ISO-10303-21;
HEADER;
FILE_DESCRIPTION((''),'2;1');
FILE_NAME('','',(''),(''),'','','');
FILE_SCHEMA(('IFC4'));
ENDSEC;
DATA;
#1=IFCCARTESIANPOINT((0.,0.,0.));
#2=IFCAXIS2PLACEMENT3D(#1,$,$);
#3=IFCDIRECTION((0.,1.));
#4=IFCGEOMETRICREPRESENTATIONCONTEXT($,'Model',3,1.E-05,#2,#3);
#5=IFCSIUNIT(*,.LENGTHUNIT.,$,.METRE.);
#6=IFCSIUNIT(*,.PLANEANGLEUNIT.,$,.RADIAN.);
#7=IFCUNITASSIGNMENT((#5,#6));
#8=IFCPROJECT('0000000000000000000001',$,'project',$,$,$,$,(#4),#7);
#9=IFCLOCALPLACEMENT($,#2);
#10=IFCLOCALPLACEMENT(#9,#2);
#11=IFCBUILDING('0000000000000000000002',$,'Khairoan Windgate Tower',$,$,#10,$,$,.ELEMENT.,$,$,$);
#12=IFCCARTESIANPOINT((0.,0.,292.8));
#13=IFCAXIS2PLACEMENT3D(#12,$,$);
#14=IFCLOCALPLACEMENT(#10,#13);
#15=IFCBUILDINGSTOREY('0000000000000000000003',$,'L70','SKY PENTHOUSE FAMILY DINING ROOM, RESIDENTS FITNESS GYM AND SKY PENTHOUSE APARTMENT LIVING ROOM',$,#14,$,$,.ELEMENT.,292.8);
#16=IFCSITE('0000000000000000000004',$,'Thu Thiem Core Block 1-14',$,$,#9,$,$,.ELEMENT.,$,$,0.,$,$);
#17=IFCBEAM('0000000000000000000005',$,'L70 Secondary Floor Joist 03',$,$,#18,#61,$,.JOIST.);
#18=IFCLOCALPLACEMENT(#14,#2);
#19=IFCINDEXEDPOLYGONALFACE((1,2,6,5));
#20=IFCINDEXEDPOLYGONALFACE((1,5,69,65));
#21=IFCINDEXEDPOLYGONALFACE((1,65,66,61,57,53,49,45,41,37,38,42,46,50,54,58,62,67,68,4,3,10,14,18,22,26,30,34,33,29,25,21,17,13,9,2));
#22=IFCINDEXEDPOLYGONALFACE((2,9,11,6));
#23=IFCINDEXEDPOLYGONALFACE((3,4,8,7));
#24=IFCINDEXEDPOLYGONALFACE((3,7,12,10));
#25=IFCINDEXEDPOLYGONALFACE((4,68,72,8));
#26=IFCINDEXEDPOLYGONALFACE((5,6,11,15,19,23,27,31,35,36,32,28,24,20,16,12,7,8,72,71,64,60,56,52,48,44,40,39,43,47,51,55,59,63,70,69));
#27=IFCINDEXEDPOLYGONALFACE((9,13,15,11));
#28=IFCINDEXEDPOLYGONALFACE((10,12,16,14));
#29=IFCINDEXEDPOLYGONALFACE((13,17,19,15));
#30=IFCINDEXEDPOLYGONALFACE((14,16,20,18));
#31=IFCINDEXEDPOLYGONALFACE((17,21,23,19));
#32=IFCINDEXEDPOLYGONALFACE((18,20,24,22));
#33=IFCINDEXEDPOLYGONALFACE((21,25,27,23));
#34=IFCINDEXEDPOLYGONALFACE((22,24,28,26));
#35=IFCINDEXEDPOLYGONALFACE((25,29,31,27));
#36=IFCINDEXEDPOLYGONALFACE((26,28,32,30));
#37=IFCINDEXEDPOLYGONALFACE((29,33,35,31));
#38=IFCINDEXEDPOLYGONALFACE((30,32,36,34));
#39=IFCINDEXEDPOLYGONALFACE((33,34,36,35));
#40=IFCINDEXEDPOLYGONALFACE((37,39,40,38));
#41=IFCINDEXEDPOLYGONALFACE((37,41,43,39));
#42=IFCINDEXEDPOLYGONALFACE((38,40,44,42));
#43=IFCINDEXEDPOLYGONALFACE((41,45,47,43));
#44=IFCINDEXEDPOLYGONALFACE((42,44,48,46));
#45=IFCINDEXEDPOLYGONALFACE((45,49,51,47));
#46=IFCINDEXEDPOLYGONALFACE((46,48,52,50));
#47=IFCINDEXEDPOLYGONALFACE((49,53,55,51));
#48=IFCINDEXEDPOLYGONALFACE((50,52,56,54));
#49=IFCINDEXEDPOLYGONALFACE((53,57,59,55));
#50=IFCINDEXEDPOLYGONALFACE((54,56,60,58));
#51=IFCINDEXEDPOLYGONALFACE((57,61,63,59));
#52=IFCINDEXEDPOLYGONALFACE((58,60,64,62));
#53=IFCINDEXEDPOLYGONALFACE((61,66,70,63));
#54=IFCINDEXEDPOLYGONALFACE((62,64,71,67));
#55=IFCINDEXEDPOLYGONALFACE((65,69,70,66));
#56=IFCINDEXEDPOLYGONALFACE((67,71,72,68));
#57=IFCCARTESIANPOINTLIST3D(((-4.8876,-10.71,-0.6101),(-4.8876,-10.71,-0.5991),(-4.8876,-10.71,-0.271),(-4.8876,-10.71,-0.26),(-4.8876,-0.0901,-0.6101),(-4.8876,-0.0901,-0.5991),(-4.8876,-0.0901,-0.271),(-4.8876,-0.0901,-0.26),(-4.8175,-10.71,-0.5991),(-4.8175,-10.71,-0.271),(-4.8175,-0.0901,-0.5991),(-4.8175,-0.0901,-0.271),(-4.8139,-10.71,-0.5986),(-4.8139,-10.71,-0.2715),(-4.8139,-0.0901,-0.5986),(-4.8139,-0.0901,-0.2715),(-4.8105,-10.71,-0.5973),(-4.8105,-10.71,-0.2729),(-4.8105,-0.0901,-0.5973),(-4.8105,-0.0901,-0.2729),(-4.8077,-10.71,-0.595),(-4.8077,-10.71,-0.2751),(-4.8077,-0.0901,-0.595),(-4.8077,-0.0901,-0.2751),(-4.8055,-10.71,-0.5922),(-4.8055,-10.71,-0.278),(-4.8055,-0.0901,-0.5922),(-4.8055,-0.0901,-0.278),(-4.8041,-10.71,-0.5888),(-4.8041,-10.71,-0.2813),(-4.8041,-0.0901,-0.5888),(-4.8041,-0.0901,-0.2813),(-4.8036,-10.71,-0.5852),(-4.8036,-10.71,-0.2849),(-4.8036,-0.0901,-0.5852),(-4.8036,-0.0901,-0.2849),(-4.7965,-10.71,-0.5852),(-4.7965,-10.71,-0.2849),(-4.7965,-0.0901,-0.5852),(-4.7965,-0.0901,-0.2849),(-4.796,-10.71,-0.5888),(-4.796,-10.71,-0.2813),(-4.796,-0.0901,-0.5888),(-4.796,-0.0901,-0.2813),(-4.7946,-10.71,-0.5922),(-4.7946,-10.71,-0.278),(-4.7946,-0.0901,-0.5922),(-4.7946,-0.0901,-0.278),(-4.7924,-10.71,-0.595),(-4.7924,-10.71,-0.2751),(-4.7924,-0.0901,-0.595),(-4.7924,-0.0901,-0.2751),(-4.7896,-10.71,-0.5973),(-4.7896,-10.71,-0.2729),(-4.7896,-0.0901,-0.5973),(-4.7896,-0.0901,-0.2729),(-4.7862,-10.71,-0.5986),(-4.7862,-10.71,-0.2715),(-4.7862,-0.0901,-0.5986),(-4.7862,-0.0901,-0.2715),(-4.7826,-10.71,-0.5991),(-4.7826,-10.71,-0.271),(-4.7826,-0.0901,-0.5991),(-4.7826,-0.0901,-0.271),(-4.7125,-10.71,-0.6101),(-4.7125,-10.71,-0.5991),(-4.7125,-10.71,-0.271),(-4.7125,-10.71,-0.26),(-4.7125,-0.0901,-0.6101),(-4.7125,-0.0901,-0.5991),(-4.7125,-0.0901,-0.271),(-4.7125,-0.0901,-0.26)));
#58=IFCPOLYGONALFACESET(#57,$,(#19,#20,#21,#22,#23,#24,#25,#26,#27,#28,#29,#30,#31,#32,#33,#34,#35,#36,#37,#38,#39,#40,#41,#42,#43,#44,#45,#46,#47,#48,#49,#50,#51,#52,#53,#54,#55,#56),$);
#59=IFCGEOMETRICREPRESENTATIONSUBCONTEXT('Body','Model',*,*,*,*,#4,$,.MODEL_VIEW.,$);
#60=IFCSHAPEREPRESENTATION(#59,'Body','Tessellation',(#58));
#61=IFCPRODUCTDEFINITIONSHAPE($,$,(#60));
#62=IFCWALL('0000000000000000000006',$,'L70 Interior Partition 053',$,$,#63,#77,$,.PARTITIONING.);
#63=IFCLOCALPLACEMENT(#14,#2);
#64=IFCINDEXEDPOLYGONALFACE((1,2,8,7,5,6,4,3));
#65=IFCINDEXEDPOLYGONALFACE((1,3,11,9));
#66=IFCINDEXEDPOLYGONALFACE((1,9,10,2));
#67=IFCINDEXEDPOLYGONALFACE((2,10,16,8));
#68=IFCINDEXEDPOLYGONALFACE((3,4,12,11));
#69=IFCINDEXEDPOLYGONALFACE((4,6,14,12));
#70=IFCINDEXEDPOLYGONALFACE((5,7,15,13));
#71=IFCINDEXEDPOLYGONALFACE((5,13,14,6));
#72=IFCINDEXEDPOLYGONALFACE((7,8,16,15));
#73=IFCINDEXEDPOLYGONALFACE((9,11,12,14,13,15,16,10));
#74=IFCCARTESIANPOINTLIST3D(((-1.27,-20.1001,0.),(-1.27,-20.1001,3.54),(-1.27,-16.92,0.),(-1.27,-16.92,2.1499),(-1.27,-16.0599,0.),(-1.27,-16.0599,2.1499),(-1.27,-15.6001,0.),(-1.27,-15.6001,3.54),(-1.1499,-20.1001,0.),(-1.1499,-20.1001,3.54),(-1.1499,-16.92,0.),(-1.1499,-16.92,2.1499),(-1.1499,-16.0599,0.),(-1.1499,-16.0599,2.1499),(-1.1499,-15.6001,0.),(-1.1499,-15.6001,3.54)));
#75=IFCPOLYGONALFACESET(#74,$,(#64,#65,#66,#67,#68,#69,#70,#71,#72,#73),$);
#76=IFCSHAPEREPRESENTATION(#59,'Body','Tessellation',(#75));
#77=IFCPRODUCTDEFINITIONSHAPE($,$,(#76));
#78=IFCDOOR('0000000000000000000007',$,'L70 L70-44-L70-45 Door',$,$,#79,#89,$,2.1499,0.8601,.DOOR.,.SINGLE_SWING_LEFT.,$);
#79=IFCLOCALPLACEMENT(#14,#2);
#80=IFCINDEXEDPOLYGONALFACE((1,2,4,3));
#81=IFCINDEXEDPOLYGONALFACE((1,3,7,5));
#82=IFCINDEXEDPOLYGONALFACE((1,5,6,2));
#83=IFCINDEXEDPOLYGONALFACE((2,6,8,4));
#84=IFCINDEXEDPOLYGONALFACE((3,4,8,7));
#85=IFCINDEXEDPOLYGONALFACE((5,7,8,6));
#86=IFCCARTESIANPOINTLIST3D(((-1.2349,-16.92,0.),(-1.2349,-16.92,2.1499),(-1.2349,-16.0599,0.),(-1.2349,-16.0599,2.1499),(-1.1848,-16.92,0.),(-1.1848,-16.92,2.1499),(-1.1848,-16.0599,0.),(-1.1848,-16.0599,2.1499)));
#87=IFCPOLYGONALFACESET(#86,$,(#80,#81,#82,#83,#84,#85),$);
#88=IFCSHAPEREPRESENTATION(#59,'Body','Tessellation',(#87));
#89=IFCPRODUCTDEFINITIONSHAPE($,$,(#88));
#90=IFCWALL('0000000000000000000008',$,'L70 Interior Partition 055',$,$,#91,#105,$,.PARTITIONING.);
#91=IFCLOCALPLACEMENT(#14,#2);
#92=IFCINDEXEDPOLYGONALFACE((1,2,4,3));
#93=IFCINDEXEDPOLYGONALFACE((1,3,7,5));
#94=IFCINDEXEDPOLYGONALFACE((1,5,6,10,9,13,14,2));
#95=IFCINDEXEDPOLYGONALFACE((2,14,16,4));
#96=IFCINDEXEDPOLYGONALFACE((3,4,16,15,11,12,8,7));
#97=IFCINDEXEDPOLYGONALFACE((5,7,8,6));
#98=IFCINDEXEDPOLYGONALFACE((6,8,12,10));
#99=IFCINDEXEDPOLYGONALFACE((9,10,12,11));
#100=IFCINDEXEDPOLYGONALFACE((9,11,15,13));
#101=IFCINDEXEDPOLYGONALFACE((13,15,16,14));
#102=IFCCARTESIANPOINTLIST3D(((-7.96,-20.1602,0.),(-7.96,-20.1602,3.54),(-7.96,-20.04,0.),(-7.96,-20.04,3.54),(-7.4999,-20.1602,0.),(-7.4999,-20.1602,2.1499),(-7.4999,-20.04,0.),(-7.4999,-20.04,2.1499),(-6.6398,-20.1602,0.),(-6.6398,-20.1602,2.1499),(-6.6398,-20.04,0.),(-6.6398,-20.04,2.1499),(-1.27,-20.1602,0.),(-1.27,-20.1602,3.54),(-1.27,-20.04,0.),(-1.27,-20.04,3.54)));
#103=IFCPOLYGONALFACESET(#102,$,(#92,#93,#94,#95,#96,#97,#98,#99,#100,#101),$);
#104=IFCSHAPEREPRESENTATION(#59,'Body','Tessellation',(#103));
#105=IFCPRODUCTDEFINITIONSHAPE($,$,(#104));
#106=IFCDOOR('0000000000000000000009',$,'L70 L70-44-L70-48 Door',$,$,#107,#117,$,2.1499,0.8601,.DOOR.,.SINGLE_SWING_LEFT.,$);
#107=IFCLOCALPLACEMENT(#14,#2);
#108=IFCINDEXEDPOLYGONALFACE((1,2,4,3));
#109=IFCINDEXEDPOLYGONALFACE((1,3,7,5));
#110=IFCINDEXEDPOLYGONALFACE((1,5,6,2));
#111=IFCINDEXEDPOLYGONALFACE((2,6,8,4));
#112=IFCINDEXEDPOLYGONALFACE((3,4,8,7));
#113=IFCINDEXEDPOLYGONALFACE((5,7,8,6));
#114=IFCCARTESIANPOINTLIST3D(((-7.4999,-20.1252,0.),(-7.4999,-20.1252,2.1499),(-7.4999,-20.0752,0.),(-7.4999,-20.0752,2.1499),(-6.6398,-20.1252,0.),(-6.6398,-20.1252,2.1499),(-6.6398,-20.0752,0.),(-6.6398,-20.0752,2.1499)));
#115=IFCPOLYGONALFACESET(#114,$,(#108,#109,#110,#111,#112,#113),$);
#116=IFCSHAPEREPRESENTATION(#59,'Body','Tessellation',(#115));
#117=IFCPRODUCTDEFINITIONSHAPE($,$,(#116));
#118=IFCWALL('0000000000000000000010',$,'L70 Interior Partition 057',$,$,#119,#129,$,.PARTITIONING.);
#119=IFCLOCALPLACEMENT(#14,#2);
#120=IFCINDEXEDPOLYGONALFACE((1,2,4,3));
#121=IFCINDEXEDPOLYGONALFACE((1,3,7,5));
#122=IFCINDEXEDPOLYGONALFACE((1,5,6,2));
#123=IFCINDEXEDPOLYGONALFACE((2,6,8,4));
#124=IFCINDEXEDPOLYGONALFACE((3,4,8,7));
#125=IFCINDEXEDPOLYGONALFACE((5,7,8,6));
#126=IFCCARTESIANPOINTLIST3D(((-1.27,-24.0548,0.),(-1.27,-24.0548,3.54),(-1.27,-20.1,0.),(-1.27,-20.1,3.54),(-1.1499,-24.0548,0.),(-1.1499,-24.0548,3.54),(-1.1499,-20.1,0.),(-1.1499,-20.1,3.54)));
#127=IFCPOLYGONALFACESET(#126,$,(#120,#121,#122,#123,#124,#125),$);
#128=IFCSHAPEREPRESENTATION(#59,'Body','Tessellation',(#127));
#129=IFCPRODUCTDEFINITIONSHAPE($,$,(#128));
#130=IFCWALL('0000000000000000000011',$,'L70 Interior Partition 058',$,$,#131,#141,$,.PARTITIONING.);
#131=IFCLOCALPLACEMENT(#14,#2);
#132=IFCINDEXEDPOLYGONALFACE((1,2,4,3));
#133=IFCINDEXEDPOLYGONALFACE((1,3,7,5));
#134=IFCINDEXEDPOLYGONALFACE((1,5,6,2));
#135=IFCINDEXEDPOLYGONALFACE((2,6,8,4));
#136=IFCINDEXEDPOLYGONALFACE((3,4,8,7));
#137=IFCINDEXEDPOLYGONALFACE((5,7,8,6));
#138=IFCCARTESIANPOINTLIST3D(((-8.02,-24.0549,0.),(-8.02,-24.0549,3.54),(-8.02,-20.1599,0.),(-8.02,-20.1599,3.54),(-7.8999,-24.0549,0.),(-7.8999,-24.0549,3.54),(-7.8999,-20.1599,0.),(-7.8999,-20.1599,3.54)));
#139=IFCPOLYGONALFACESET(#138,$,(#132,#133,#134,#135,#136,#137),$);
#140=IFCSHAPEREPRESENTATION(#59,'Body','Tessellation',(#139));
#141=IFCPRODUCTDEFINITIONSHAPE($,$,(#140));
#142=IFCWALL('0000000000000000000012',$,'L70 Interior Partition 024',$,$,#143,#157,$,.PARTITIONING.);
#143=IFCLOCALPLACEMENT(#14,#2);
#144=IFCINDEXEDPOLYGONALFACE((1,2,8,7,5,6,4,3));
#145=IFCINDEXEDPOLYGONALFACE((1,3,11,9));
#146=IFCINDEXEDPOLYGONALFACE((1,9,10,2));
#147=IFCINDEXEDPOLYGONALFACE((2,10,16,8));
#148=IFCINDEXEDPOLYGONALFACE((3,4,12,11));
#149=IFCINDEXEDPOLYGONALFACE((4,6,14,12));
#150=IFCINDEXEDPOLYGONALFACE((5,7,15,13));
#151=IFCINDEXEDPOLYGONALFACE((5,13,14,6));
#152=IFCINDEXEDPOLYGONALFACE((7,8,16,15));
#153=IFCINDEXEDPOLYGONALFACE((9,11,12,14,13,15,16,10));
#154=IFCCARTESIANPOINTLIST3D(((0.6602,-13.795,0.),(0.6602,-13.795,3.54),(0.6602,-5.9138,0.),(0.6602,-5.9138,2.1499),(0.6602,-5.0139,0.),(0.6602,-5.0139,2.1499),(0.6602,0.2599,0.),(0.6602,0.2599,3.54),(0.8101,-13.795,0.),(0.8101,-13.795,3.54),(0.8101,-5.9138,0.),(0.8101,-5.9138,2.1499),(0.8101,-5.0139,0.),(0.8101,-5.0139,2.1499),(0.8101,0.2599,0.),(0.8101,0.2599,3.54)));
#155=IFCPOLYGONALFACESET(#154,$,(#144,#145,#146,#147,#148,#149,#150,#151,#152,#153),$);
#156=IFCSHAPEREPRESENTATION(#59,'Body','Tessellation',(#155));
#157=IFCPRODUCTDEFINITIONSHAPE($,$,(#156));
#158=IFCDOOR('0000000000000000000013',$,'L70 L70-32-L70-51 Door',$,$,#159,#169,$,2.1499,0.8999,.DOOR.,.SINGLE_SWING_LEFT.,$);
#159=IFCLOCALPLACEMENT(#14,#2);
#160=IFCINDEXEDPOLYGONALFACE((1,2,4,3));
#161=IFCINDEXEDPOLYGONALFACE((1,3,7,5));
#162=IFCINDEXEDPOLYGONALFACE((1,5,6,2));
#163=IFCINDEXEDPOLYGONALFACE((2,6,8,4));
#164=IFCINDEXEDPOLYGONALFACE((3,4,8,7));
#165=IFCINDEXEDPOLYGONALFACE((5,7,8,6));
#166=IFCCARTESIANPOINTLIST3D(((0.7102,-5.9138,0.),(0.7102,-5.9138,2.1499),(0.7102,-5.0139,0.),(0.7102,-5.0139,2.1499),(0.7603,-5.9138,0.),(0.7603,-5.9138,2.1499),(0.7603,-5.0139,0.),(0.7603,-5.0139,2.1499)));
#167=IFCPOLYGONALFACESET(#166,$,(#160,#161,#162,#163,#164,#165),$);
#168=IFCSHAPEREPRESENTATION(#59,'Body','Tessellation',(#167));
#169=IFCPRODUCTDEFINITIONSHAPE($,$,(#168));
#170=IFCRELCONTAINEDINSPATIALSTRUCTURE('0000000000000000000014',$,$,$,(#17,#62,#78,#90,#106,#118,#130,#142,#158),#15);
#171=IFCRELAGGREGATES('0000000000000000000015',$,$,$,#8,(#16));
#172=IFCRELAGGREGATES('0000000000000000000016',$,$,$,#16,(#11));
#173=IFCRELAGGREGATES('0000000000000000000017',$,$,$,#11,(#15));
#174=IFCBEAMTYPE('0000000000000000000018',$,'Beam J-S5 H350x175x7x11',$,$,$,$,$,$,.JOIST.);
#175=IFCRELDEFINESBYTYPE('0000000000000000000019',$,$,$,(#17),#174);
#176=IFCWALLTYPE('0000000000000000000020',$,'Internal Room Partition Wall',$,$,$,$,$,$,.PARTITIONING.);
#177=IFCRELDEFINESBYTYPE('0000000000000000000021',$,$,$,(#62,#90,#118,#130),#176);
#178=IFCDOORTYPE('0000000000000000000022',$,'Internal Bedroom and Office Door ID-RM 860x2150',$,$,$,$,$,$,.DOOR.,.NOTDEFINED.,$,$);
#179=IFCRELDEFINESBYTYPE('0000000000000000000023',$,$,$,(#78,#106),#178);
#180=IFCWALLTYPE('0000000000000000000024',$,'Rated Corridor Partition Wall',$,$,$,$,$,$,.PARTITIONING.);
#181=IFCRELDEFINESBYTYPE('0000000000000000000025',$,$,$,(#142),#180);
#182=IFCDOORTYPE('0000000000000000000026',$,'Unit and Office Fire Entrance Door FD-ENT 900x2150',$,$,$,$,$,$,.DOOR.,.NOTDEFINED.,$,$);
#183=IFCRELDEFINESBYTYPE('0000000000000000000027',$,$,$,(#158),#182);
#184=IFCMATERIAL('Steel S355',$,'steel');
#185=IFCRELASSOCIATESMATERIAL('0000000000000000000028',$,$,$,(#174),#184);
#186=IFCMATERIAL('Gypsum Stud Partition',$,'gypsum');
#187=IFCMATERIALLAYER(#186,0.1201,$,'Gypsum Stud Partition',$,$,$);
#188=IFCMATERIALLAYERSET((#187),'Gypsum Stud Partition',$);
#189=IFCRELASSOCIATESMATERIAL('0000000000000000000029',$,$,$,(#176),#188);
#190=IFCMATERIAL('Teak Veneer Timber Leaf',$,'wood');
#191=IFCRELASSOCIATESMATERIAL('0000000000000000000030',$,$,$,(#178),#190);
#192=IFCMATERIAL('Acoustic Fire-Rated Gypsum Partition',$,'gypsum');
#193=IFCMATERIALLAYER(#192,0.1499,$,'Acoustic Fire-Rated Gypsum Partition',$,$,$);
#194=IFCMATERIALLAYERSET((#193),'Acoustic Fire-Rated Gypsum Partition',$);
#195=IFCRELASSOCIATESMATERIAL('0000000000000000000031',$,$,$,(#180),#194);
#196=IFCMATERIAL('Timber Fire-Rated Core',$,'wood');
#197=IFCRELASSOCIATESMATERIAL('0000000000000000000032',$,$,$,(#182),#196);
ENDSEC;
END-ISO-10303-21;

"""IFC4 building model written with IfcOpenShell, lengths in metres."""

from ifc_helpers import new_model, si_unit, direction, frame, frame_2d, origin, origin_2d, place, context, subcontext, project, spatial, rectangle, i_section, extrude, material, layer, layer_set, material_profile, profile_set, type_object, element, fill, save


model = new_model("IFC4")

# Units and contexts
model_context = context("Model", 3, precision=1e-05, world=origin(), true_north=direction((0.0, 1.0)))
body_context = subcontext(model_context, "Body", "Model", "MODEL_VIEW")
ifc_project = project(units=[si_unit("LENGTHUNIT", "METRE"), si_unit("PLANEANGLEUNIT", "RADIAN")], contexts=[model_context])

# Site, building, storey
site_placement = place(None, origin())
site = spatial("IfcSite", under=ifc_project, at=site_placement, Name="Thu Thiem Core Block 1-14", CompositionType="ELEMENT", RefElevation=0.0)
building_placement = place(site_placement, origin())
building = spatial("IfcBuilding", under=site, at=building_placement, Name="Khairoan Windgate Tower", CompositionType="ELEMENT")
storey_placement = place(building_placement, frame((0.0, 0.0, 292.8)))
storey = spatial("IfcBuildingStorey", under=building, at=storey_placement, Name="L70", Description="SKY PENTHOUSE FAMILY DINING ROOM, RESIDENTS FITNESS GYM AND SKY PENTHOUSE APARTMENT LIVING ROOM", CompositionType="ELEMENT", Elevation=292.8)

# Beam
ifc_material_1 = material(Name="Steel S355", Category="steel")
ifc_material_profile_1 = material_profile(ifc_material_1, i_section(OverallWidth=0.175, OverallDepth=0.3501, WebThickness=0.0071, FlangeThickness=0.011, FilletRadius=0.0139, at=origin_2d()))
ifc_profile_set_1 = profile_set([ifc_material_profile_1], Name="Steel S355")
beam_type_1 = type_object("IfcBeamType", Name="Beam J-S5 H350x175x7x11", PredefinedType="JOIST", material=ifc_profile_set_1)
beam_1_placement = place(storey_placement, frame((-4.8, -10.71, -0.4351), z_axis=(0.0, 1.0, 0.0), x_axis=(-1.0, 0.0, 0.0)))
element("IfcBeam", 1, at=beam_1_placement, inside=storey, type_object=beam_type_1, Name="L70 Secondary Floor Joist 03", PredefinedType="JOIST", context=body_context, shape_type="SweptSolid", body=[
    extrude(i_section(OverallWidth=0.175, OverallDepth=0.3501, WebThickness=0.0071, FlangeThickness=0.011, FilletRadius=0.0139, at=origin_2d()), origin(), (0.0, 0.0, 1.0), 10.6199),
])

# Walls, openings, doors
ifc_material_2 = material(Name="Gypsum Stud Partition", Category="gypsum")
ifc_layer_1 = layer(ifc_material_2, 0.1201, Name="Gypsum Stud Partition")
ifc_layer_set_1 = layer_set([ifc_layer_1], Name="Gypsum Stud Partition")
wall_type_1 = type_object("IfcWallType", Name="Internal Room Partition Wall", PredefinedType="PARTITIONING", material=ifc_layer_set_1)
wall_1_placement = place(storey_placement, frame((-1.21, -20.1001, 0.0), z_axis=(0.0, 0.0, 1.0), x_axis=(0.0, 1.0, 0.0)))
wall_1 = element("IfcWall", 2, at=wall_1_placement, inside=storey, type_object=wall_type_1, Name="L70 Interior Partition 053", PredefinedType="PARTITIONING", context=body_context, shape_type="SweptSolid", body=[
    extrude(rectangle(XDim=4.5, YDim=0.1201, at=frame_2d((2.25, 0.0))), origin(), (0.0, 0.0, 1.0), 3.54),
])
opening_1_placement = place(wall_1_placement, frame((3.1799, 0.0, 0.0)))
opening_1 = element("IfcOpeningElement", 3, at=opening_1_placement, cuts=wall_1, PredefinedType="OPENING", context=body_context, shape_type="SweptSolid", body=[
    extrude(rectangle(XDim=0.8601, YDim=2.1499, at=frame_2d((0.4302, 1.075))), frame((0.0, 0.0701, 0.0), z_axis=(0.0, -1.0, 0.0), x_axis=(1.0, 0.0, 0.0)), (0.0, 0.0, 1.0), 0.1401),
])
ifc_material_3 = material(Name="Teak Veneer Timber Leaf", Category="wood")
door_type_1 = type_object("IfcDoorType", Name="Internal Bedroom and Office Door ID-RM 860x2150", OperationType="NOTDEFINED", PredefinedType="DOOR", material=ifc_material_3)
door_1_placement = place(opening_1_placement, origin())
door_1 = element("IfcDoor", 4, at=door_1_placement, inside=storey, type_object=door_type_1, Name="L70 L70-44-L70-45 Door", OperationType="SINGLE_SWING_LEFT", OverallHeight=2.1499, OverallWidth=0.8601, PredefinedType="DOOR", context=body_context, shape_type="SweptSolid", body=[
    extrude(rectangle(XDim=0.8601, YDim=2.1499, at=frame_2d((0.4302, 1.075))), frame((0.0, 0.0249, 0.0), z_axis=(0.0, -1.0, 0.0), x_axis=(1.0, 0.0, 0.0)), (0.0, 0.0, 1.0), 0.05),
])
fill(opening_1, door_1)
wall_2_placement = place(storey_placement, frame((-7.96, -20.1001, 0.0), z_axis=(0.0, 0.0, 1.0), x_axis=(1.0, 0.0, 0.0)))
wall_2 = element("IfcWall", 5, at=wall_2_placement, inside=storey, type_object=wall_type_1, Name="L70 Interior Partition 055", PredefinedType="PARTITIONING", context=body_context, shape_type="SweptSolid", body=[
    extrude(rectangle(XDim=6.6899, YDim=0.1201, at=frame_2d((3.345, 0.0))), origin(), (0.0, 0.0, 1.0), 3.54),
])
opening_2_placement = place(wall_2_placement, frame((0.46, 0.0, 0.0)))
opening_2 = element("IfcOpeningElement", 6, at=opening_2_placement, cuts=wall_2, PredefinedType="OPENING", context=body_context, shape_type="SweptSolid", body=[
    extrude(rectangle(XDim=0.8601, YDim=2.1499, at=frame_2d((0.4302, 1.075))), frame((0.0, 0.0701, 0.0), z_axis=(0.0, -1.0, 0.0), x_axis=(1.0, 0.0, 0.0)), (0.0, 0.0, 1.0), 0.1401),
])
door_2_placement = place(opening_2_placement, origin())
door_2 = element("IfcDoor", 7, at=door_2_placement, inside=storey, type_object=door_type_1, Name="L70 L70-44-L70-48 Door", OperationType="SINGLE_SWING_LEFT", OverallHeight=2.1499, OverallWidth=0.8601, PredefinedType="DOOR", context=body_context, shape_type="SweptSolid", body=[
    extrude(rectangle(XDim=0.8601, YDim=2.1499, at=frame_2d((0.4302, 1.075))), frame((0.0, 0.0249, 0.0), z_axis=(0.0, -1.0, 0.0), x_axis=(1.0, 0.0, 0.0)), (0.0, 0.0, 1.0), 0.05),
])
fill(opening_2, door_2)

# Walls
wall_3_placement = place(storey_placement, frame((-1.21, -24.0549, 0.0), z_axis=(0.0, 0.0, 1.0), x_axis=(0.0, 1.0, 0.0)))
element("IfcWall", 8, at=wall_3_placement, inside=storey, type_object=wall_type_1, Name="L70 Interior Partition 057", PredefinedType="PARTITIONING", context=body_context, shape_type="SweptSolid", body=[
    extrude(rectangle(XDim=3.9548, YDim=0.1201, at=frame_2d((1.9775, 0.0))), origin(), (0.0, 0.0, 1.0), 3.54),
])
wall_4_placement = place(storey_placement, frame((-7.96, -24.0549, 0.0), z_axis=(0.0, 0.0, 1.0), x_axis=(0.0, 1.0, 0.0)))
element("IfcWall", 9, at=wall_4_placement, inside=storey, type_object=wall_type_1, Name="L70 Interior Partition 058", PredefinedType="PARTITIONING", context=body_context, shape_type="SweptSolid", body=[
    extrude(rectangle(XDim=3.895, YDim=0.1201, at=frame_2d((1.9475, 0.0))), origin(), (0.0, 0.0, 1.0), 3.54),
])

# Wall, opening, door
ifc_material_4 = material(Name="Acoustic Fire-Rated Gypsum Partition", Category="gypsum")
ifc_layer_2 = layer(ifc_material_4, 0.1499, Name="Acoustic Fire-Rated Gypsum Partition")
ifc_layer_set_2 = layer_set([ifc_layer_2], Name="Acoustic Fire-Rated Gypsum Partition")
wall_type_2 = type_object("IfcWallType", Name="Rated Corridor Partition Wall", PredefinedType="PARTITIONING", material=ifc_layer_set_2)
wall_5_placement = place(storey_placement, frame((0.7351, -13.7949, 0.0), z_axis=(0.0, 0.0, 1.0), x_axis=(0.0, 1.0, 0.0)))
wall_5 = element("IfcWall", 10, at=wall_5_placement, inside=storey, type_object=wall_type_2, Name="L70 Interior Partition 024", PredefinedType="PARTITIONING", context=body_context, shape_type="SweptSolid", body=[
    extrude(rectangle(XDim=14.0549, YDim=0.1499, at=frame_2d((7.0273, 0.0))), origin(), (0.0, 0.0, 1.0), 3.54),
])
opening_3_placement = place(wall_5_placement, frame((7.8811, 0.0, 0.0)))
opening_3 = element("IfcOpeningElement", 11, at=opening_3_placement, cuts=wall_5, PredefinedType="OPENING", context=body_context, shape_type="SweptSolid", body=[
    extrude(rectangle(XDim=0.8999, YDim=2.1499, at=frame_2d((0.45, 1.075))), frame((0.0, 0.085, 0.0), z_axis=(0.0, -1.0, 0.0), x_axis=(1.0, 0.0, 0.0)), (0.0, 0.0, 1.0), 0.1699),
])
ifc_material_5 = material(Name="Timber Fire-Rated Core", Category="wood")
door_type_2 = type_object("IfcDoorType", Name="Unit and Office Fire Entrance Door FD-ENT 900x2150", OperationType="NOTDEFINED", PredefinedType="DOOR", material=ifc_material_5)
door_3_placement = place(opening_3_placement, origin())
door_3 = element("IfcDoor", 12, at=door_3_placement, inside=storey, type_object=door_type_2, Name="L70 L70-32-L70-51 Door", OperationType="SINGLE_SWING_LEFT", OverallHeight=2.1499, OverallWidth=0.8999, PredefinedType="DOOR", context=body_context, shape_type="SweptSolid", body=[
    extrude(rectangle(XDim=0.8999, YDim=2.1499, at=frame_2d((0.45, 1.075))), frame((0.0, 0.0249, 0.0), z_axis=(0.0, -1.0, 0.0), x_axis=(1.0, 0.0, 0.0)), (0.0, 0.0, 1.0), 0.05),
])
fill(opening_3, door_3)

save(model, "model.ifc")
